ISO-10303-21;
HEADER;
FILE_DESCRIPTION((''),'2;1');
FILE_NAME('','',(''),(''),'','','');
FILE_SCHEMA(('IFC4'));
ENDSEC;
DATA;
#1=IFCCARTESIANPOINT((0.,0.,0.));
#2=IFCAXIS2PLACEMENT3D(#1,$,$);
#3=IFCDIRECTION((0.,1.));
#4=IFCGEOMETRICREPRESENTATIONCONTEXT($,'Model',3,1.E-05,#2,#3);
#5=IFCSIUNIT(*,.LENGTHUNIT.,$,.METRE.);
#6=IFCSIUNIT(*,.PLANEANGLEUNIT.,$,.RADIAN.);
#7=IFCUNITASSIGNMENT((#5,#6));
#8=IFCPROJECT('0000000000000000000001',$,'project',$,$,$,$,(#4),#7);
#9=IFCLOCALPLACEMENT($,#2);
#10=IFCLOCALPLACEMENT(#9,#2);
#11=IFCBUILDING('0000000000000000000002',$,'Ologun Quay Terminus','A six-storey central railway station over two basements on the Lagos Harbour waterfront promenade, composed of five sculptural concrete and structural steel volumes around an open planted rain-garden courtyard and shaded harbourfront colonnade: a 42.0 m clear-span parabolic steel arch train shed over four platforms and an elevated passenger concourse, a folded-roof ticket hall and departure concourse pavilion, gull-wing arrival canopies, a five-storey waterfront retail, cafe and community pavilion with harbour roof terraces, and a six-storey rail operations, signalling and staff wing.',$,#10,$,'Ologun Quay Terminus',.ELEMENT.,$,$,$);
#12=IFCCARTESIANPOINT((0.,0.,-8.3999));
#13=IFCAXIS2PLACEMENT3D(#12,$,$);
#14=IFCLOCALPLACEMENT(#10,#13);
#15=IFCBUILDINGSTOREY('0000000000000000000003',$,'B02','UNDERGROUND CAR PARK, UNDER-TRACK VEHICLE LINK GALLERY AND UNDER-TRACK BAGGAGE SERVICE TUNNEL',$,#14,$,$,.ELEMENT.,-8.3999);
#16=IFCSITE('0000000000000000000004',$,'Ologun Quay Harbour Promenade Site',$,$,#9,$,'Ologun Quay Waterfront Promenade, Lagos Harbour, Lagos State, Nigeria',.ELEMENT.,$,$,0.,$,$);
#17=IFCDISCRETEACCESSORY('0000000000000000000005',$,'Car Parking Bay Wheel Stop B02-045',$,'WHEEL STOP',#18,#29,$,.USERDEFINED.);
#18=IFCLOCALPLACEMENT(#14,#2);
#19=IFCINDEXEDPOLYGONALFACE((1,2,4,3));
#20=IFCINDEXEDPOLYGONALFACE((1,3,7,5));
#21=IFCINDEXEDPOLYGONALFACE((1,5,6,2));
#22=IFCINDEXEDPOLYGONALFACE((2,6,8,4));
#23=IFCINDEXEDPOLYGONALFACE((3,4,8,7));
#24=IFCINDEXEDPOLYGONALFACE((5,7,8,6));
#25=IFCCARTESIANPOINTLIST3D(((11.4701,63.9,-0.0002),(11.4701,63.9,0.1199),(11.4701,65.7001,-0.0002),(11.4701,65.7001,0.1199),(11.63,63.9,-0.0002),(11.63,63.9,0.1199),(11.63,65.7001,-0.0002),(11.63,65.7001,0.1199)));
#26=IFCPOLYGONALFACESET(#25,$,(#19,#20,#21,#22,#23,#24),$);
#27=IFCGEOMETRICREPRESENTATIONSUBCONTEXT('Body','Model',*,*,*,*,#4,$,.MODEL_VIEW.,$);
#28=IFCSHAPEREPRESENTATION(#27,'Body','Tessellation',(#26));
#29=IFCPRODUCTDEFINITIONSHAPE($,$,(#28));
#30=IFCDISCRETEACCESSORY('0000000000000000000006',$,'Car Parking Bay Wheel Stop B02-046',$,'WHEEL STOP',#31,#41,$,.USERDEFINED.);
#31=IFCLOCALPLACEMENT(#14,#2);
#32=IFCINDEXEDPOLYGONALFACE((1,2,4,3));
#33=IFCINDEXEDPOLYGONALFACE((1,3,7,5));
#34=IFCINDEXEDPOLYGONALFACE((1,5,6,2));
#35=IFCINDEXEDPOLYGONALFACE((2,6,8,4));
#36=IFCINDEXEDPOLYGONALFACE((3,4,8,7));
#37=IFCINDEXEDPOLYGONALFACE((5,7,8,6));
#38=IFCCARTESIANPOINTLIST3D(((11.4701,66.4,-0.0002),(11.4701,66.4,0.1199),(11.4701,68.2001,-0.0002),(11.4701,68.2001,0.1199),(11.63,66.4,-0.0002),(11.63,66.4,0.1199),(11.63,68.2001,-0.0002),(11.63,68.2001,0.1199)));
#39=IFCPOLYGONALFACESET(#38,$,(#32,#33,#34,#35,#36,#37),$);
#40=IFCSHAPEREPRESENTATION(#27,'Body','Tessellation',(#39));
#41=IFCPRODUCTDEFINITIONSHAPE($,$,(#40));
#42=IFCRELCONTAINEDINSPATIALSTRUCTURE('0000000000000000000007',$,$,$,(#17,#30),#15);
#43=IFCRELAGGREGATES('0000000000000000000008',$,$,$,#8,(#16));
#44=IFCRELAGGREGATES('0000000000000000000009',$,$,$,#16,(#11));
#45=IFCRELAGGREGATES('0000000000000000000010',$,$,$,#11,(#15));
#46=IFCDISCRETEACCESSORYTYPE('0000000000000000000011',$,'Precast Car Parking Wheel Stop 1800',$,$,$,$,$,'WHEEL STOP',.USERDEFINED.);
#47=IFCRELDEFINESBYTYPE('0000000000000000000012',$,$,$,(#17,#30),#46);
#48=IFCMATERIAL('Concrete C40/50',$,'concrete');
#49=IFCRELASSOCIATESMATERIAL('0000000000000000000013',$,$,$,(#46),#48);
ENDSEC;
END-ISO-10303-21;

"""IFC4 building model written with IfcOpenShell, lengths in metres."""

from ifc_helpers import new_model, si_unit, direction, frame, origin, origin_2d, place, context, subcontext, project, spatial, rectangle, extrude, material, type_object, element, save


model = new_model("IFC4")

# Units and contexts
model_context = context("Model", 3, precision=1e-05, world=origin(), true_north=direction((0.0, 1.0)))
body_context = subcontext(model_context, "Body", "Model", "MODEL_VIEW")
ifc_project = project(units=[si_unit("LENGTHUNIT", "METRE"), si_unit("PLANEANGLEUNIT", "RADIAN")], contexts=[model_context])

# Site, building, storey
site_placement = place(None, origin())
site = spatial("IfcSite", under=ifc_project, at=site_placement, Name="Ologun Quay Harbour Promenade Site", LongName="Ologun Quay Waterfront Promenade, Lagos Harbour, Lagos State, Nigeria", CompositionType="ELEMENT", RefElevation=0.0)
building_placement = place(site_placement, origin())
building = spatial("IfcBuilding", under=site, at=building_placement, Name="Ologun Quay Terminus", Description="A six-storey central railway station over two basements on the Lagos Harbour waterfront promenade, composed of five sculptural concrete and structural steel volumes around an open planted rain-garden courtyard and shaded harbourfront colonnade: a 42.0 m clear-span parabolic steel arch train shed over four platforms and an elevated passenger concourse, a folded-roof ticket hall and departure concourse pavilion, gull-wing arrival canopies, a five-storey waterfront retail, cafe and community pavilion with harbour roof terraces, and a six-storey rail operations, signalling and staff wing.", LongName="Ologun Quay Terminus", CompositionType="ELEMENT")
storey_placement = place(building_placement, frame((0.0, 0.0, -8.3999)))
storey = spatial("IfcBuildingStorey", under=building, at=storey_placement, Name="B02", Description="UNDERGROUND CAR PARK, UNDER-TRACK VEHICLE LINK GALLERY AND UNDER-TRACK BAGGAGE SERVICE TUNNEL", CompositionType="ELEMENT", Elevation=-8.3999)

# Discrete accessories
ifc_material_1 = material(Name="Concrete C40/50", Category="concrete")
discrete_accessory_type = type_object("IfcDiscreteAccessoryType", Name="Precast Car Parking Wheel Stop 1800", ElementType="WHEEL STOP", PredefinedType="USERDEFINED", material=ifc_material_1)
for number, where, z_axis, x_axis, name in (
    (1, (11.55, 64.8, -0.0002), (0.0, 0.0, 1.0), (0.0, 1.0, 0.0), "Car Parking Bay Wheel Stop B02-045"),
    (2, (11.55, 67.3, -0.0002), (0.0, 0.0, 1.0), (0.0, 1.0, 0.0), "Car Parking Bay Wheel Stop B02-046"),
):
    element("IfcDiscreteAccessory", number, at=place(storey_placement, frame(where, z_axis=z_axis, x_axis=x_axis)), inside=storey, type_object=discrete_accessory_type, Name=name, ObjectType="WHEEL STOP", PredefinedType="USERDEFINED", context=body_context, shape_type="SweptSolid", body=[
        extrude(rectangle(XDim=1.8, YDim=0.1599, at=origin_2d()), origin(), (0.0, 0.0, 1.0), 0.1201),
    ])

save(model, "model.ifc")
